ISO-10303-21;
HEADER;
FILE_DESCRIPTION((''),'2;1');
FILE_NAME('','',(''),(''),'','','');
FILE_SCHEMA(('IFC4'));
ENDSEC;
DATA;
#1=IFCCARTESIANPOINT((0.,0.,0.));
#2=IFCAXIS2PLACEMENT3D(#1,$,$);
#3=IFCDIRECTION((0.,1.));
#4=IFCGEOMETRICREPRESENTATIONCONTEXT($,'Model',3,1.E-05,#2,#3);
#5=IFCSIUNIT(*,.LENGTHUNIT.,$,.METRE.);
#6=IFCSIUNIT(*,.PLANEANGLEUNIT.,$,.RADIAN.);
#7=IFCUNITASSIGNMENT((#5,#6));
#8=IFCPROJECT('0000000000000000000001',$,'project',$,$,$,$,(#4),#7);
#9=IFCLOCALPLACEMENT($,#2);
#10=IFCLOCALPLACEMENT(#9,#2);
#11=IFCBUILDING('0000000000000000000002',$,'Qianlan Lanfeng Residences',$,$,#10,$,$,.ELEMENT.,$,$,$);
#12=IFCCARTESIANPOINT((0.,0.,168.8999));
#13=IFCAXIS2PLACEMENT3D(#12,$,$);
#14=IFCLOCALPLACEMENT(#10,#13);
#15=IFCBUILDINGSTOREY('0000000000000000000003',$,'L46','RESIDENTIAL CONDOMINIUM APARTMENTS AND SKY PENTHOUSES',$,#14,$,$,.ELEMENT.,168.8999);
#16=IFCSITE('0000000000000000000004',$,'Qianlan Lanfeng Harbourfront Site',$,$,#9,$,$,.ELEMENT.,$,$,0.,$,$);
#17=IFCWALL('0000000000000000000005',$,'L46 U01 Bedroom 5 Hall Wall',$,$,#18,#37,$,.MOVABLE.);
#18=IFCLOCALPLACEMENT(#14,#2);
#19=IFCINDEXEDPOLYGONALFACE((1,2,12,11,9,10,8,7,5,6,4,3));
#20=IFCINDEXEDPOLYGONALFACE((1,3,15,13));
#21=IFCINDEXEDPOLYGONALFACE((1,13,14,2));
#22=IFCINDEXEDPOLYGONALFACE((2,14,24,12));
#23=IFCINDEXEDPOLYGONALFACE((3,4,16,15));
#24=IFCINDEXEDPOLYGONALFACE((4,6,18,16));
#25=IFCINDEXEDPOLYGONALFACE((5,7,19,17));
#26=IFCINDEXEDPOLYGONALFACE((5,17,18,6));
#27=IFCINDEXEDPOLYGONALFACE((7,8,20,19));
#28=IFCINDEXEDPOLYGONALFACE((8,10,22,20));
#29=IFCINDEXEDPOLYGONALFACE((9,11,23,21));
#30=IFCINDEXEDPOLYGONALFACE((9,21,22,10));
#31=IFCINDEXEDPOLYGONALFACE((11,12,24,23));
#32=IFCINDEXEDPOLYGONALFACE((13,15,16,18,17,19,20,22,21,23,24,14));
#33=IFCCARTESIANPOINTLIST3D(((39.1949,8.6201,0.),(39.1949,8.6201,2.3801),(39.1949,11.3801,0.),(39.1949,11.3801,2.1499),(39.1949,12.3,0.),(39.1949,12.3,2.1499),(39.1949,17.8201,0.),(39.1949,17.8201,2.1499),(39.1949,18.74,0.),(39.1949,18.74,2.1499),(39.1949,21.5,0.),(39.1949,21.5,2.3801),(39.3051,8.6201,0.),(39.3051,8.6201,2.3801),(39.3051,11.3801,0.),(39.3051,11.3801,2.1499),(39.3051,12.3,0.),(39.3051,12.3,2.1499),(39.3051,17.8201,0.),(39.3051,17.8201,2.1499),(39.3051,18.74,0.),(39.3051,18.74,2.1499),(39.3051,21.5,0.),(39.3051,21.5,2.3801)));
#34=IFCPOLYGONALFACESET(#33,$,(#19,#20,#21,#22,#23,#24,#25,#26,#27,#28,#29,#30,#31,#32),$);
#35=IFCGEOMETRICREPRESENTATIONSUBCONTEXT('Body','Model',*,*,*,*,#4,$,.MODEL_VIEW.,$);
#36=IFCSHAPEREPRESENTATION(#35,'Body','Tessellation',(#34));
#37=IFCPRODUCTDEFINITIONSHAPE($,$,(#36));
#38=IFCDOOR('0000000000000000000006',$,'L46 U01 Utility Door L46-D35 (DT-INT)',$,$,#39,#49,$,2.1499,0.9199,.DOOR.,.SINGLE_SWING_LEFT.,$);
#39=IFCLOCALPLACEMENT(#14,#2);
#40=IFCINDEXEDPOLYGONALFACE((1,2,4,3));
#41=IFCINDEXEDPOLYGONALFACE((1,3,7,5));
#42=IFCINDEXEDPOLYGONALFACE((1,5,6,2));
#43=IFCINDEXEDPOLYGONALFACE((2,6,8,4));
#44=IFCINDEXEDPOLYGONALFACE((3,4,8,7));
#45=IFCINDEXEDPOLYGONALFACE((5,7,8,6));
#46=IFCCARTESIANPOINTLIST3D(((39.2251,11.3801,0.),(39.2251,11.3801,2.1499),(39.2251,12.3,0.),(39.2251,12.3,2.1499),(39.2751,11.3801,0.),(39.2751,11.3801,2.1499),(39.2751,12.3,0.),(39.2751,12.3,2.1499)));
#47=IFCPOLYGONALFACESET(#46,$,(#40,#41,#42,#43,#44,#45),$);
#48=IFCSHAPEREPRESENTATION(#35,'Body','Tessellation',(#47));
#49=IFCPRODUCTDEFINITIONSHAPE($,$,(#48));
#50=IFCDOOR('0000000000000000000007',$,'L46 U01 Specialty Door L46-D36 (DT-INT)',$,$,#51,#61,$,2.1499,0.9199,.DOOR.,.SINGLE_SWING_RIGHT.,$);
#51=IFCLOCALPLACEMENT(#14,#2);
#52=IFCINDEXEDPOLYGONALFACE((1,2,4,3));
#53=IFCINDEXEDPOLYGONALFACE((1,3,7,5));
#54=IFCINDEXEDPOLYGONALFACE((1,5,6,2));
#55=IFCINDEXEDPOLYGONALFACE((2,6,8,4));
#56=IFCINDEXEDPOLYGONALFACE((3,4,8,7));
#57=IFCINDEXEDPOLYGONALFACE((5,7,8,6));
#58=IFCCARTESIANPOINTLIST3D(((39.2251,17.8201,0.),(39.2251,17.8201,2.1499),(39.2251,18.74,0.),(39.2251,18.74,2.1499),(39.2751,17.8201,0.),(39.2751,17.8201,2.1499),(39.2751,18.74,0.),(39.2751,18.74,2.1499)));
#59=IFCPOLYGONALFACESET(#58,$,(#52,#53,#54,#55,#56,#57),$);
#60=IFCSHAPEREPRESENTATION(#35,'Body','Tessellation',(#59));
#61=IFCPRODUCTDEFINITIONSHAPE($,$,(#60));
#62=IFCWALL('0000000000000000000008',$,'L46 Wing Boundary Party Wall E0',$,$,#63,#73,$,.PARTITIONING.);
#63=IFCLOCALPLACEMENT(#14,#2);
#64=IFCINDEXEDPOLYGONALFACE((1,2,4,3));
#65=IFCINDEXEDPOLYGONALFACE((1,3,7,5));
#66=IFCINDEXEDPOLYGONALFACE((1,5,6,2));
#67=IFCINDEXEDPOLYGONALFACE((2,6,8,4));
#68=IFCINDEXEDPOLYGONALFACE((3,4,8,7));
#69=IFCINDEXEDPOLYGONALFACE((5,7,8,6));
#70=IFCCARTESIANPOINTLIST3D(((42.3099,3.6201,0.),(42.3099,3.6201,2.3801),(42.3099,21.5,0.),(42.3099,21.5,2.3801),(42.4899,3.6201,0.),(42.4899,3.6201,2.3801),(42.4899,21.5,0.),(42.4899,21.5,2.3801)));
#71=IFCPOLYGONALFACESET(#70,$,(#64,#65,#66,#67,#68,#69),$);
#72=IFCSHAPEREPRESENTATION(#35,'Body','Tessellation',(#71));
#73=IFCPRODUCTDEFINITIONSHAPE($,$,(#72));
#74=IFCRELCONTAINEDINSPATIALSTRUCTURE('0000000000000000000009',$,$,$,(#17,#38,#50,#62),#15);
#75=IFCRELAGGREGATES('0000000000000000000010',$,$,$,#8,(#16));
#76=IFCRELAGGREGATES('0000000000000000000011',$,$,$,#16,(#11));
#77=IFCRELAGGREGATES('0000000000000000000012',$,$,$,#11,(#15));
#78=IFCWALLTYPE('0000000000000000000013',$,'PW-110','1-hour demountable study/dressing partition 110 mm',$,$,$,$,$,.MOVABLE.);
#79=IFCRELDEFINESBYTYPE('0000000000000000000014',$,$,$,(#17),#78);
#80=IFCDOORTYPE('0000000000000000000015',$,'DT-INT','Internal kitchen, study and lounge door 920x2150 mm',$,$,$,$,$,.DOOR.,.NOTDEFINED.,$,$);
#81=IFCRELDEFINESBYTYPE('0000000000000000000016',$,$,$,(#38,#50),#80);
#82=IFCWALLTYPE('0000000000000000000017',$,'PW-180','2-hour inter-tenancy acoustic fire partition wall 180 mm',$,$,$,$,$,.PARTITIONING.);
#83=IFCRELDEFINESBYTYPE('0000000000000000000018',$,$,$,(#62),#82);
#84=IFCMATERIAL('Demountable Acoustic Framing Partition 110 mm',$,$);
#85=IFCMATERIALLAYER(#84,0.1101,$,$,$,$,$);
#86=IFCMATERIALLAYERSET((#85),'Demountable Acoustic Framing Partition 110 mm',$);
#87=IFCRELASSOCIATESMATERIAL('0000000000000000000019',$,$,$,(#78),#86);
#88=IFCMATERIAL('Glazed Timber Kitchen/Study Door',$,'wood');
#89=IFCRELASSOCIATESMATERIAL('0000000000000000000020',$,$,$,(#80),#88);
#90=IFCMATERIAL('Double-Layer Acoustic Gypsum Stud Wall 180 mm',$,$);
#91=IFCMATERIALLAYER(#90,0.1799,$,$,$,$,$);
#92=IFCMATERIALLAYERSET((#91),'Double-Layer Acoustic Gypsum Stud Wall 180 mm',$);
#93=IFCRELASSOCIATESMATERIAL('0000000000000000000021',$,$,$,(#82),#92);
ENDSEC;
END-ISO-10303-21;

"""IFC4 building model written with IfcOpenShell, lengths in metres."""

from ifc_helpers import new_model, si_unit, direction, frame, frame_2d, origin, place, context, subcontext, project, spatial, rectangle, extrude, material, layer, layer_set, type_object, element, fill, save


model = new_model("IFC4")

# Units and contexts
model_context = context("Model", 3, precision=1e-05, world=origin(), true_north=direction((0.0, 1.0)))
body_context = subcontext(model_context, "Body", "Model", "MODEL_VIEW")
ifc_project = project(units=[si_unit("LENGTHUNIT", "METRE"), si_unit("PLANEANGLEUNIT", "RADIAN")], contexts=[model_context])

# Site, building, storey
site_placement = place(None, origin())
site = spatial("IfcSite", under=ifc_project, at=site_placement, Name="Qianlan Lanfeng Harbourfront Site", CompositionType="ELEMENT", RefElevation=0.0)
building_placement = place(site_placement, origin())
building = spatial("IfcBuilding", under=site, at=building_placement, Name="Qianlan Lanfeng Residences", CompositionType="ELEMENT")
storey_placement = place(building_placement, frame((0.0, 0.0, 168.8999)))
storey = spatial("IfcBuildingStorey", under=building, at=storey_placement, Name="L46", Description="RESIDENTIAL CONDOMINIUM APARTMENTS AND SKY PENTHOUSES", CompositionType="ELEMENT", Elevation=168.8999)

# Wall, openings, doors
ifc_material_1 = material(Name="Demountable Acoustic Framing Partition 110 mm")
ifc_layer_1 = layer(ifc_material_1, 0.1101)
ifc_layer_set_1 = layer_set([ifc_layer_1], Name="Demountable Acoustic Framing Partition 110 mm")
wall_type_1 = type_object("IfcWallType", Name="PW-110", Description="1-hour demountable study/dressing partition 110 mm", PredefinedType="MOVABLE", material=ifc_layer_set_1)
wall_1_placement = place(storey_placement, frame((39.25, 8.6201, 0.0), z_axis=(0.0, 0.0, 1.0), x_axis=(0.0, 1.0, 0.0)))
wall_1 = element("IfcWall", 1, at=wall_1_placement, inside=storey, type_object=wall_type_1, Name="L46 U01 Bedroom 5 Hall Wall", PredefinedType="MOVABLE", context=body_context, shape_type="SweptSolid", body=[
    extrude(rectangle(XDim=12.8799, YDim=0.1101, at=frame_2d((6.4399, 0.0))), origin(), (0.0, 0.0, 1.0), 2.3801),
])
opening_1_placement = place(wall_1_placement, frame((2.76, 0.0, 0.0)))
opening_1 = element("IfcOpeningElement", 2, at=opening_1_placement, cuts=wall_1, PredefinedType="OPENING", context=body_context, shape_type="SweptSolid", body=[
    extrude(rectangle(XDim=0.9199, YDim=2.1499, at=frame_2d((0.46, 1.075))), frame((0.0, 0.0649, 0.0), z_axis=(0.0, -1.0, 0.0), x_axis=(1.0, 0.0, 0.0)), (0.0, 0.0, 1.0), 0.1301),
])
opening_2_placement = place(wall_1_placement, frame((9.2, 0.0, 0.0)))
opening_2 = element("IfcOpeningElement", 3, at=opening_2_placement, cuts=wall_1, PredefinedType="OPENING", context=body_context, shape_type="SweptSolid", body=[
    extrude(rectangle(XDim=0.9199, YDim=2.1499, at=frame_2d((0.46, 1.075))), frame((0.0, 0.0649, 0.0), z_axis=(0.0, -1.0, 0.0), x_axis=(1.0, 0.0, 0.0)), (0.0, 0.0, 1.0), 0.1301),
])
ifc_material_2 = material(Name="Glazed Timber Kitchen/Study Door", Category="wood")
door_type_1 = type_object("IfcDoorType", Name="DT-INT", Description="Internal kitchen, study and lounge door 920x2150 mm", OperationType="NOTDEFINED", PredefinedType="DOOR", material=ifc_material_2)
door_1_placement = place(opening_1_placement, origin())
door_1 = element("IfcDoor", 4, at=door_1_placement, inside=storey, type_object=door_type_1, Name="L46 U01 Utility Door L46-D35 (DT-INT)", OperationType="SINGLE_SWING_LEFT", OverallHeight=2.1499, OverallWidth=0.9199, PredefinedType="DOOR", context=body_context, shape_type="SweptSolid", body=[
    extrude(rectangle(XDim=0.9199, YDim=2.1499, at=frame_2d((0.46, 1.075))), frame((0.0, 0.0249, 0.0), z_axis=(0.0, -1.0, 0.0), x_axis=(1.0, 0.0, 0.0)), (0.0, 0.0, 1.0), 0.05),
])
fill(opening_1, door_1)
door_2_placement = place(opening_2_placement, origin())
door_2 = element("IfcDoor", 5, at=door_2_placement, inside=storey, type_object=door_type_1, Name="L46 U01 Specialty Door L46-D36 (DT-INT)", OperationType="SINGLE_SWING_RIGHT", OverallHeight=2.1499, OverallWidth=0.9199, PredefinedType="DOOR", context=body_context, shape_type="SweptSolid", body=[
    extrude(rectangle(XDim=0.9199, YDim=2.1499, at=frame_2d((0.46, 1.075))), frame((0.0, 0.0249, 0.0), z_axis=(0.0, -1.0, 0.0), x_axis=(1.0, 0.0, 0.0)), (0.0, 0.0, 1.0), 0.05),
])
fill(opening_2, door_2)

# Wall
ifc_material_3 = material(Name="Double-Layer Acoustic Gypsum Stud Wall 180 mm")
ifc_layer_2 = layer(ifc_material_3, 0.1799)
ifc_layer_set_2 = layer_set([ifc_layer_2], Name="Double-Layer Acoustic Gypsum Stud Wall 180 mm")
wall_type_2 = type_object("IfcWallType", Name="PW-180", Description="2-hour inter-tenancy acoustic fire partition wall 180 mm", PredefinedType="PARTITIONING", material=ifc_layer_set_2)
wall_2_placement = place(storey_placement, frame((42.3999, 3.6201, 0.0), z_axis=(0.0, 0.0, 1.0), x_axis=(0.0, 1.0, 0.0)))
element("IfcWall", 6, at=wall_2_placement, inside=storey, type_object=wall_type_2, Name="L46 Wing Boundary Party Wall E0", PredefinedType="PARTITIONING", context=body_context, shape_type="SweptSolid", body=[
    extrude(rectangle(XDim=17.8799, YDim=0.1799, at=frame_2d((8.9399, 0.0))), origin(), (0.0, 0.0, 1.0), 2.3801),
])

save(model, "model.ifc")
